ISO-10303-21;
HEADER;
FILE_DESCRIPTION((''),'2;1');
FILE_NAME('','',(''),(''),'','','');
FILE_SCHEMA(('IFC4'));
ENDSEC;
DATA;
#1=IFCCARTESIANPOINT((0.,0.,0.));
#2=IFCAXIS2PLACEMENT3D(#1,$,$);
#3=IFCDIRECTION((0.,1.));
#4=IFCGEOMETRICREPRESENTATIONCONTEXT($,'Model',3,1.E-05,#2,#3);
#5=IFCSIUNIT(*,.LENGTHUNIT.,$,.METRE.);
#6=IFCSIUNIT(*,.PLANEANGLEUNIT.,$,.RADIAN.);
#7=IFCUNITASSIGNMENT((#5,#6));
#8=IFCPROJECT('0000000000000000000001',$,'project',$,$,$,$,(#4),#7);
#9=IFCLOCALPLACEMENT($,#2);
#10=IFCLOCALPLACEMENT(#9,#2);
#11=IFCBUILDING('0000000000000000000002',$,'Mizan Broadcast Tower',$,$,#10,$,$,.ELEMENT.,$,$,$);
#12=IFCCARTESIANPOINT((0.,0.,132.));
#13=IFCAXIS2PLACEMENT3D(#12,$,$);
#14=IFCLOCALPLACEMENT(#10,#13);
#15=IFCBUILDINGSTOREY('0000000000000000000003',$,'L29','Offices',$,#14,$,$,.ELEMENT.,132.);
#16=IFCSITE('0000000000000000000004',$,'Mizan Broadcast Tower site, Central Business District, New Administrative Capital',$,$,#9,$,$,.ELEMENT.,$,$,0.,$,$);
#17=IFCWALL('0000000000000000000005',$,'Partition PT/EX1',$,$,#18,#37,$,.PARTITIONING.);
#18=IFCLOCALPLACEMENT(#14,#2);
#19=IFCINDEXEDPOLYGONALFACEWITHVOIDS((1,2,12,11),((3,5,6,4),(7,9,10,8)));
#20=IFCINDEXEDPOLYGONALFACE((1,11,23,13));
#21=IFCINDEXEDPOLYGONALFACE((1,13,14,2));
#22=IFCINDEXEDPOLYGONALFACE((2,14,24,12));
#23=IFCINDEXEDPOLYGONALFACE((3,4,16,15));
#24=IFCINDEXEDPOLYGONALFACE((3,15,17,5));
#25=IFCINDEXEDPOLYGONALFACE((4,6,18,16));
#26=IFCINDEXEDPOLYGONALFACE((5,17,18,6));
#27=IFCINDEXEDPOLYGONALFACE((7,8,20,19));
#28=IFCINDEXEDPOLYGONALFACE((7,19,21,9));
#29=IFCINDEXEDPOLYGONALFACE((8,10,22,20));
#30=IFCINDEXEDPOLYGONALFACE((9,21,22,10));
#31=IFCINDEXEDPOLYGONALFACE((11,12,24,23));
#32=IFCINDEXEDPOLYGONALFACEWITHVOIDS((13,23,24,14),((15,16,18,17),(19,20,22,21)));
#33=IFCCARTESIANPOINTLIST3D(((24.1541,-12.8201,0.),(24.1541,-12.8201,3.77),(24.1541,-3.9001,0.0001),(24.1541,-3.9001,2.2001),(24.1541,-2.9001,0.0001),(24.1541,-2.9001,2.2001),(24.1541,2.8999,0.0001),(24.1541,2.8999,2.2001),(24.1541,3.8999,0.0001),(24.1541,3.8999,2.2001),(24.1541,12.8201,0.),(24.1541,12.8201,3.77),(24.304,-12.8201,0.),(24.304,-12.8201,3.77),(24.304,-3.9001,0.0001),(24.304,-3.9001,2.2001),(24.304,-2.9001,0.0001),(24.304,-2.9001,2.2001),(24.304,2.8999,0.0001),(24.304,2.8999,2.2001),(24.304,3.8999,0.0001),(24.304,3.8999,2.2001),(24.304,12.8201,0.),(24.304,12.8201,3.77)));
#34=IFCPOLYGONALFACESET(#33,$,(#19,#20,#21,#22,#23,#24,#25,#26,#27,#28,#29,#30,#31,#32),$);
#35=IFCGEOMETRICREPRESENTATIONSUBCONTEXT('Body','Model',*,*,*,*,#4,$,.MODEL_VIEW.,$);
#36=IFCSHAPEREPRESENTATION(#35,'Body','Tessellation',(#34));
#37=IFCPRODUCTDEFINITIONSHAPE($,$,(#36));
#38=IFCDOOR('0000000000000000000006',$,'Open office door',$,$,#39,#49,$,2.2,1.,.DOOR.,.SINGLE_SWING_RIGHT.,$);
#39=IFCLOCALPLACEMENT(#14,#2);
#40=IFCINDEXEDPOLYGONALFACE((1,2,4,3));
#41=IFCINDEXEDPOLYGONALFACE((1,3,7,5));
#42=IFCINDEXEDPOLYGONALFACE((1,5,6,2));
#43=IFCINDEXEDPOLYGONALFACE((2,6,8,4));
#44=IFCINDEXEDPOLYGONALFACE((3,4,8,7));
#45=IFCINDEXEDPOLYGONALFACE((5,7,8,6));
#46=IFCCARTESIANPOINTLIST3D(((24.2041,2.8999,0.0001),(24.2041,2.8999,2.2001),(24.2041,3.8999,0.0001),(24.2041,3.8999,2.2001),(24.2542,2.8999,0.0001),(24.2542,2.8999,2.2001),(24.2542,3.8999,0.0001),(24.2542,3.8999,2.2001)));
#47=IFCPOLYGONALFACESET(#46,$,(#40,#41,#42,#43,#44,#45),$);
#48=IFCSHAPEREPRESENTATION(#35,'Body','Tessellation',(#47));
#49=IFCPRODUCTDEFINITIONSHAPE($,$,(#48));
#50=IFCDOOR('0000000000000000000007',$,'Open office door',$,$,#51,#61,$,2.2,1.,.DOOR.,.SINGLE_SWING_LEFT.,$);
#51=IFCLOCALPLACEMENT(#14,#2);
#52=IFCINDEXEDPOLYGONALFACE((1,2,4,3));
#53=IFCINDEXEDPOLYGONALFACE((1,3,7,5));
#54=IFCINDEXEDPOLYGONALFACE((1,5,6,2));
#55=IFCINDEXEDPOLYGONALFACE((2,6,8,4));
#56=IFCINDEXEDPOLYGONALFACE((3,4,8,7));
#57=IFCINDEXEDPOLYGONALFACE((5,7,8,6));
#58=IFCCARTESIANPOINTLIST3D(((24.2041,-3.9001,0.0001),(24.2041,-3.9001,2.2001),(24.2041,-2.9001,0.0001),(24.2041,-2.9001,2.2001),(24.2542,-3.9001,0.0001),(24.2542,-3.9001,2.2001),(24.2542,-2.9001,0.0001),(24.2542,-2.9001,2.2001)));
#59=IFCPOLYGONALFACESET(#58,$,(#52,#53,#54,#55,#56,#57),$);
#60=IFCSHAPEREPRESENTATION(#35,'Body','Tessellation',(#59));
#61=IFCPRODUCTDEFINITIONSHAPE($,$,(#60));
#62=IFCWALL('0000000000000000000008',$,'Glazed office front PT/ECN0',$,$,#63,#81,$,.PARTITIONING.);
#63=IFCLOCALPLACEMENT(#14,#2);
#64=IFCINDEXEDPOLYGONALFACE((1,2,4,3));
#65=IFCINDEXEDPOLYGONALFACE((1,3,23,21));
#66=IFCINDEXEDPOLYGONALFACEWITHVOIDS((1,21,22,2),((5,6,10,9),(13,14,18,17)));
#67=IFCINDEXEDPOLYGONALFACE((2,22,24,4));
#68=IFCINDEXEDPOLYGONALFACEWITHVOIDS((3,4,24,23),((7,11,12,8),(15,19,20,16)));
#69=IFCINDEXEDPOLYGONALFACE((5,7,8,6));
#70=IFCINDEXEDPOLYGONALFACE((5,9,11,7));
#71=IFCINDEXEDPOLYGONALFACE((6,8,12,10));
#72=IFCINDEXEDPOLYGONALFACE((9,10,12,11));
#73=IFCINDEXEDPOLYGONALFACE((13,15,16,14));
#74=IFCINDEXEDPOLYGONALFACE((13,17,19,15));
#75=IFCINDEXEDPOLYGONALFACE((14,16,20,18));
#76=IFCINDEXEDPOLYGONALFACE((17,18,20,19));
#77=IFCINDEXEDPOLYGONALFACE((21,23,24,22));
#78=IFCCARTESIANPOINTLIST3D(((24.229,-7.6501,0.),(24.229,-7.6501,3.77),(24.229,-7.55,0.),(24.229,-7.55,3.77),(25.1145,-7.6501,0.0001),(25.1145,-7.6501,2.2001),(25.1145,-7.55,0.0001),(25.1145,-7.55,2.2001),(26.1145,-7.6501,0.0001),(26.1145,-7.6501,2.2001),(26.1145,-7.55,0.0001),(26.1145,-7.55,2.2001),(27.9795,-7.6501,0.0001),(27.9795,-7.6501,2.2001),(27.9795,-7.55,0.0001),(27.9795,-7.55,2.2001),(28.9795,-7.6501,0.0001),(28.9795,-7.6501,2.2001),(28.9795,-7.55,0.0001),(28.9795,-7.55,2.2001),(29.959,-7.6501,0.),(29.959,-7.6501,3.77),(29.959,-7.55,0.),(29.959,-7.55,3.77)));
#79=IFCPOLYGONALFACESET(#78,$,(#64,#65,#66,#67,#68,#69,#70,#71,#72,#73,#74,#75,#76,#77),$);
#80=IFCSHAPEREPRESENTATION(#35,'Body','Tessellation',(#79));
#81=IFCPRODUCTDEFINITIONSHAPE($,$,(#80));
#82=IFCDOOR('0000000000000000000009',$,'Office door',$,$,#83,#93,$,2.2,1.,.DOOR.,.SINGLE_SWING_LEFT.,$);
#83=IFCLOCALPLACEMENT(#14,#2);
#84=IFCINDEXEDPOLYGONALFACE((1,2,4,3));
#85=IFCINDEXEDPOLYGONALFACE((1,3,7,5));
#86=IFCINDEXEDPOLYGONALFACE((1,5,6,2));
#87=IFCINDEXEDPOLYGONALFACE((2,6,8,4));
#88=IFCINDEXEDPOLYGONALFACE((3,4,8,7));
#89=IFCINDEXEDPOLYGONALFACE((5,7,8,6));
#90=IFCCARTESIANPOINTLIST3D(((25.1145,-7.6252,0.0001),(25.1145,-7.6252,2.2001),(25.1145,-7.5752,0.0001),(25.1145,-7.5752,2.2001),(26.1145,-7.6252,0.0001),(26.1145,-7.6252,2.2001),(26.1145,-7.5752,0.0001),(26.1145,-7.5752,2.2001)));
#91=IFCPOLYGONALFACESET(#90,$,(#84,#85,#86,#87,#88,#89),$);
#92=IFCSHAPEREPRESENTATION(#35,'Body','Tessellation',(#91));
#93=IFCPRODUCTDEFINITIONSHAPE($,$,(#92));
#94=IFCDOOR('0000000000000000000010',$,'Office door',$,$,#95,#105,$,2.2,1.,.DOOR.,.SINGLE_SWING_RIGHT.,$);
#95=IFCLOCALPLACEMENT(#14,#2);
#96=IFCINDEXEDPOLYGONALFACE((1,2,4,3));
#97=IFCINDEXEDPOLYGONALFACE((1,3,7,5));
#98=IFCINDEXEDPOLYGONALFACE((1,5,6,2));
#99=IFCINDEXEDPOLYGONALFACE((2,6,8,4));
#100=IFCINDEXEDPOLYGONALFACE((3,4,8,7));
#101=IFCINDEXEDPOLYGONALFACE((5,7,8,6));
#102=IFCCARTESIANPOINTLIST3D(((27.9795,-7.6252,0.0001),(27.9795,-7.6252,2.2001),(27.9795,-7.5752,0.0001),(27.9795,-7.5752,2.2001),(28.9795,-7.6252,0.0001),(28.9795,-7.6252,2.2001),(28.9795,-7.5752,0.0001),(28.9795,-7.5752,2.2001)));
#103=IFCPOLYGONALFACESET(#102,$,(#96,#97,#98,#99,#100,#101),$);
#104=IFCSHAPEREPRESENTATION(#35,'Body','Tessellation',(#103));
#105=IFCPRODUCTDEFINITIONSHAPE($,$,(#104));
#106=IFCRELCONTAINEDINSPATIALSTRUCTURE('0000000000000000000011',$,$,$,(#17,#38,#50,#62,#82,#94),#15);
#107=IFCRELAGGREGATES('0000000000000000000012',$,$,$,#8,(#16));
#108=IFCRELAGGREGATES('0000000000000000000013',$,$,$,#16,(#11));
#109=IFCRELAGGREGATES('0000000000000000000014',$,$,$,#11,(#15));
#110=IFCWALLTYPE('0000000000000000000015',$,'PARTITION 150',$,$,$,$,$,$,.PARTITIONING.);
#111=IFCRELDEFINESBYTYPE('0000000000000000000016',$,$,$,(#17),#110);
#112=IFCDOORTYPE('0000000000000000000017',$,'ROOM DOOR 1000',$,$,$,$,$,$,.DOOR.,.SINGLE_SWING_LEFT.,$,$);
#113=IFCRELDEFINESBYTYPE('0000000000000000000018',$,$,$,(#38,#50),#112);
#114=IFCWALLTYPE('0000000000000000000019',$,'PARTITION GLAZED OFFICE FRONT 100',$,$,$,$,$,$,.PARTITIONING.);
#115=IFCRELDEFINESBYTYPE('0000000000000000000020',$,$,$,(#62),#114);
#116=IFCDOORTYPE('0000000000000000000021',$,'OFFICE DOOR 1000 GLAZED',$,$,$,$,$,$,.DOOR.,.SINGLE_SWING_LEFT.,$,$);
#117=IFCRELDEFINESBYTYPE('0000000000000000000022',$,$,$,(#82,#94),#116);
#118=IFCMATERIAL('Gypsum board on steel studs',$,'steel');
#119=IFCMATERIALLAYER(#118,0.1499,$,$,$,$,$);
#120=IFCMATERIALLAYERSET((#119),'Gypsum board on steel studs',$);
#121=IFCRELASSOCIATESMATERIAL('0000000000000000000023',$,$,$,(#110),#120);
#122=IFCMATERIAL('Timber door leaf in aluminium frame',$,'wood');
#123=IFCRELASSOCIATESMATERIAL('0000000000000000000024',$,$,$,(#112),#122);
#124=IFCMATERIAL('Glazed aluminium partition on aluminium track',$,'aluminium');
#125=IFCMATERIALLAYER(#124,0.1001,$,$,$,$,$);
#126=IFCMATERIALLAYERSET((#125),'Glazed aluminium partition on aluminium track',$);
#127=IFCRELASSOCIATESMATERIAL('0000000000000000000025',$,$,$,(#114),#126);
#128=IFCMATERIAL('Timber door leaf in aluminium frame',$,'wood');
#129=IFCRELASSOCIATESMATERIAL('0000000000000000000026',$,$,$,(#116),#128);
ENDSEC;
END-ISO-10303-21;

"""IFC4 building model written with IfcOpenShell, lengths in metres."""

from ifc_helpers import new_model, si_unit, direction, frame, frame_2d, origin, place, context, subcontext, project, spatial, rectangle, extrude, material, layer, layer_set, type_object, element, fill, save


model = new_model("IFC4")

# Units and contexts
model_context = context("Model", 3, precision=1e-05, world=origin(), true_north=direction((0.0, 1.0)))
body_context = subcontext(model_context, "Body", "Model", "MODEL_VIEW")
ifc_project = project(units=[si_unit("LENGTHUNIT", "METRE"), si_unit("PLANEANGLEUNIT", "RADIAN")], contexts=[model_context])

# Site, building, storey
site_placement = place(None, origin())
site = spatial("IfcSite", under=ifc_project, at=site_placement, Name="Mizan Broadcast Tower site, Central Business District, New Administrative Capital", CompositionType="ELEMENT", RefElevation=0.0)
building_placement = place(site_placement, origin())
building = spatial("IfcBuilding", under=site, at=building_placement, Name="Mizan Broadcast Tower", CompositionType="ELEMENT")
storey_placement = place(building_placement, frame((0.0, 0.0, 132.0)))
storey = spatial("IfcBuildingStorey", under=building, at=storey_placement, Name="L29", Description="Offices", CompositionType="ELEMENT", Elevation=132.0)

# Walls, openings, doors
ifc_material_1 = material(Name="Gypsum board on steel studs", Category="steel")
ifc_layer_1 = layer(ifc_material_1, 0.1499)
ifc_layer_set_1 = layer_set([ifc_layer_1], Name="Gypsum board on steel studs")
wall_type_1 = type_object("IfcWallType", Name="PARTITION 150", PredefinedType="PARTITIONING", material=ifc_layer_set_1)
wall_1_placement = place(storey_placement, frame((24.229, -12.8201, 0.0), z_axis=(0.0, 0.0, 1.0), x_axis=(0.0, 1.0, 0.0)))
wall_1 = element("IfcWall", 1, at=wall_1_placement, inside=storey, type_object=wall_type_1, Name="Partition PT/EX1", PredefinedType="PARTITIONING", context=body_context, shape_type="SweptSolid", body=[
    extrude(rectangle(XDim=25.6401, YDim=0.1499, at=frame_2d((12.8201, 0.0))), origin(), (0.0, 0.0, 1.0), 3.77),
])
opening_1_placement = place(wall_1_placement, frame((15.72, 0.0, 0.0)))
opening_1 = element("IfcOpeningElement", 2, at=opening_1_placement, cuts=wall_1, PredefinedType="OPENING", context=body_context, shape_type="SweptSolid", body=[
    extrude(rectangle(XDim=1.0, YDim=2.2, at=frame_2d((0.5, 1.1001))), frame((0.0, 0.085, 0.0), z_axis=(0.0, -1.0, 0.0), x_axis=(1.0, 0.0, 0.0)), (0.0, 0.0, 1.0), 0.1699),
])
opening_2_placement = place(wall_1_placement, frame((8.9199, 0.0, 0.0)))
opening_2 = element("IfcOpeningElement", 3, at=opening_2_placement, cuts=wall_1, PredefinedType="OPENING", context=body_context, shape_type="SweptSolid", body=[
    extrude(rectangle(XDim=1.0, YDim=2.2, at=frame_2d((0.5, 1.1001))), frame((0.0, 0.085, 0.0), z_axis=(0.0, -1.0, 0.0), x_axis=(1.0, 0.0, 0.0)), (0.0, 0.0, 1.0), 0.1699),
])
ifc_material_2 = material(Name="Timber door leaf in aluminium frame", Category="wood")
door_type_1 = type_object("IfcDoorType", Name="ROOM DOOR 1000", OperationType="SINGLE_SWING_LEFT", PredefinedType="DOOR", material=ifc_material_2)
door_1_placement = place(opening_1_placement, origin())
door_1 = element("IfcDoor", 4, at=door_1_placement, inside=storey, type_object=door_type_1, Name="Open office door", OperationType="SINGLE_SWING_RIGHT", OverallHeight=2.2, OverallWidth=1.0, PredefinedType="DOOR", context=body_context, shape_type="SweptSolid", body=[
    extrude(rectangle(XDim=1.0, YDim=2.2, at=frame_2d((0.5, 1.1001))), frame((0.0, 0.0249, 0.0), z_axis=(0.0, -1.0, 0.0), x_axis=(1.0, 0.0, 0.0)), (0.0, 0.0, 1.0), 0.05),
])
fill(opening_1, door_1)
door_2_placement = place(opening_2_placement, origin())
door_2 = element("IfcDoor", 5, at=door_2_placement, inside=storey, type_object=door_type_1, Name="Open office door", OperationType="SINGLE_SWING_LEFT", OverallHeight=2.2, OverallWidth=1.0, PredefinedType="DOOR", context=body_context, shape_type="SweptSolid", body=[
    extrude(rectangle(XDim=1.0, YDim=2.2, at=frame_2d((0.5, 1.1001))), frame((0.0, 0.0249, 0.0), z_axis=(0.0, -1.0, 0.0), x_axis=(1.0, 0.0, 0.0)), (0.0, 0.0, 1.0), 0.05),
])
fill(opening_2, door_2)
ifc_material_3 = material(Name="Glazed aluminium partition on aluminium track", Category="aluminium")
ifc_layer_2 = layer(ifc_material_3, 0.1001)
ifc_layer_set_2 = layer_set([ifc_layer_2], Name="Glazed aluminium partition on aluminium track")
wall_type_2 = type_object("IfcWallType", Name="PARTITION GLAZED OFFICE FRONT 100", PredefinedType="PARTITIONING", material=ifc_layer_set_2)
wall_2_placement = place(storey_placement, frame((24.229, -7.6001, 0.0), z_axis=(0.0, 0.0, 1.0), x_axis=(1.0, 0.0, 0.0)))
wall_2 = element("IfcWall", 6, at=wall_2_placement, inside=storey, type_object=wall_type_2, Name="Glazed office front PT/ECN0", PredefinedType="PARTITIONING", context=body_context, shape_type="SweptSolid", body=[
    extrude(rectangle(XDim=5.73, YDim=0.1001, at=frame_2d((2.865, 0.0))), origin(), (0.0, 0.0, 1.0), 3.77),
])
opening_3_placement = place(wall_2_placement, frame((0.8855, 0.0, 0.0)))
opening_3 = element("IfcOpeningElement", 7, at=opening_3_placement, cuts=wall_2, PredefinedType="OPENING", context=body_context, shape_type="SweptSolid", body=[
    extrude(rectangle(XDim=1.0, YDim=2.2, at=frame_2d((0.5, 1.1001))), frame((0.0, 0.0601, 0.0), z_axis=(0.0, -1.0, 0.0), x_axis=(1.0, 0.0, 0.0)), (0.0, 0.0, 1.0), 0.1201),
])
opening_4_placement = place(wall_2_placement, frame((3.7505, 0.0, 0.0)))
opening_4 = element("IfcOpeningElement", 8, at=opening_4_placement, cuts=wall_2, PredefinedType="OPENING", context=body_context, shape_type="SweptSolid", body=[
    extrude(rectangle(XDim=1.0, YDim=2.2, at=frame_2d((0.5, 1.1001))), frame((0.0, 0.0601, 0.0), z_axis=(0.0, -1.0, 0.0), x_axis=(1.0, 0.0, 0.0)), (0.0, 0.0, 1.0), 0.1201),
])
ifc_material_4 = material(Name="Timber door leaf in aluminium frame", Category="wood")
door_type_2 = type_object("IfcDoorType", Name="OFFICE DOOR 1000 GLAZED", OperationType="SINGLE_SWING_LEFT", PredefinedType="DOOR", material=ifc_material_4)
door_3_placement = place(opening_3_placement, origin())
door_3 = element("IfcDoor", 9, at=door_3_placement, inside=storey, type_object=door_type_2, Name="Office door", OperationType="SINGLE_SWING_LEFT", OverallHeight=2.2, OverallWidth=1.0, PredefinedType="DOOR", context=body_context, shape_type="SweptSolid", body=[
    extrude(rectangle(XDim=1.0, YDim=2.2, at=frame_2d((0.5, 1.1001))), frame((0.0, 0.0249, 0.0), z_axis=(0.0, -1.0, 0.0), x_axis=(1.0, 0.0, 0.0)), (0.0, 0.0, 1.0), 0.05),
])
fill(opening_3, door_3)
door_4_placement = place(opening_4_placement, origin())
door_4 = element("IfcDoor", 10, at=door_4_placement, inside=storey, type_object=door_type_2, Name="Office door", OperationType="SINGLE_SWING_RIGHT", OverallHeight=2.2, OverallWidth=1.0, PredefinedType="DOOR", context=body_context, shape_type="SweptSolid", body=[
    extrude(rectangle(XDim=1.0, YDim=2.2, at=frame_2d((0.5, 1.1001))), frame((0.0, 0.0249, 0.0), z_axis=(0.0, -1.0, 0.0), x_axis=(1.0, 0.0, 0.0)), (0.0, 0.0, 1.0), 0.05),
])
fill(opening_4, door_4)

save(model, "model.ifc")
